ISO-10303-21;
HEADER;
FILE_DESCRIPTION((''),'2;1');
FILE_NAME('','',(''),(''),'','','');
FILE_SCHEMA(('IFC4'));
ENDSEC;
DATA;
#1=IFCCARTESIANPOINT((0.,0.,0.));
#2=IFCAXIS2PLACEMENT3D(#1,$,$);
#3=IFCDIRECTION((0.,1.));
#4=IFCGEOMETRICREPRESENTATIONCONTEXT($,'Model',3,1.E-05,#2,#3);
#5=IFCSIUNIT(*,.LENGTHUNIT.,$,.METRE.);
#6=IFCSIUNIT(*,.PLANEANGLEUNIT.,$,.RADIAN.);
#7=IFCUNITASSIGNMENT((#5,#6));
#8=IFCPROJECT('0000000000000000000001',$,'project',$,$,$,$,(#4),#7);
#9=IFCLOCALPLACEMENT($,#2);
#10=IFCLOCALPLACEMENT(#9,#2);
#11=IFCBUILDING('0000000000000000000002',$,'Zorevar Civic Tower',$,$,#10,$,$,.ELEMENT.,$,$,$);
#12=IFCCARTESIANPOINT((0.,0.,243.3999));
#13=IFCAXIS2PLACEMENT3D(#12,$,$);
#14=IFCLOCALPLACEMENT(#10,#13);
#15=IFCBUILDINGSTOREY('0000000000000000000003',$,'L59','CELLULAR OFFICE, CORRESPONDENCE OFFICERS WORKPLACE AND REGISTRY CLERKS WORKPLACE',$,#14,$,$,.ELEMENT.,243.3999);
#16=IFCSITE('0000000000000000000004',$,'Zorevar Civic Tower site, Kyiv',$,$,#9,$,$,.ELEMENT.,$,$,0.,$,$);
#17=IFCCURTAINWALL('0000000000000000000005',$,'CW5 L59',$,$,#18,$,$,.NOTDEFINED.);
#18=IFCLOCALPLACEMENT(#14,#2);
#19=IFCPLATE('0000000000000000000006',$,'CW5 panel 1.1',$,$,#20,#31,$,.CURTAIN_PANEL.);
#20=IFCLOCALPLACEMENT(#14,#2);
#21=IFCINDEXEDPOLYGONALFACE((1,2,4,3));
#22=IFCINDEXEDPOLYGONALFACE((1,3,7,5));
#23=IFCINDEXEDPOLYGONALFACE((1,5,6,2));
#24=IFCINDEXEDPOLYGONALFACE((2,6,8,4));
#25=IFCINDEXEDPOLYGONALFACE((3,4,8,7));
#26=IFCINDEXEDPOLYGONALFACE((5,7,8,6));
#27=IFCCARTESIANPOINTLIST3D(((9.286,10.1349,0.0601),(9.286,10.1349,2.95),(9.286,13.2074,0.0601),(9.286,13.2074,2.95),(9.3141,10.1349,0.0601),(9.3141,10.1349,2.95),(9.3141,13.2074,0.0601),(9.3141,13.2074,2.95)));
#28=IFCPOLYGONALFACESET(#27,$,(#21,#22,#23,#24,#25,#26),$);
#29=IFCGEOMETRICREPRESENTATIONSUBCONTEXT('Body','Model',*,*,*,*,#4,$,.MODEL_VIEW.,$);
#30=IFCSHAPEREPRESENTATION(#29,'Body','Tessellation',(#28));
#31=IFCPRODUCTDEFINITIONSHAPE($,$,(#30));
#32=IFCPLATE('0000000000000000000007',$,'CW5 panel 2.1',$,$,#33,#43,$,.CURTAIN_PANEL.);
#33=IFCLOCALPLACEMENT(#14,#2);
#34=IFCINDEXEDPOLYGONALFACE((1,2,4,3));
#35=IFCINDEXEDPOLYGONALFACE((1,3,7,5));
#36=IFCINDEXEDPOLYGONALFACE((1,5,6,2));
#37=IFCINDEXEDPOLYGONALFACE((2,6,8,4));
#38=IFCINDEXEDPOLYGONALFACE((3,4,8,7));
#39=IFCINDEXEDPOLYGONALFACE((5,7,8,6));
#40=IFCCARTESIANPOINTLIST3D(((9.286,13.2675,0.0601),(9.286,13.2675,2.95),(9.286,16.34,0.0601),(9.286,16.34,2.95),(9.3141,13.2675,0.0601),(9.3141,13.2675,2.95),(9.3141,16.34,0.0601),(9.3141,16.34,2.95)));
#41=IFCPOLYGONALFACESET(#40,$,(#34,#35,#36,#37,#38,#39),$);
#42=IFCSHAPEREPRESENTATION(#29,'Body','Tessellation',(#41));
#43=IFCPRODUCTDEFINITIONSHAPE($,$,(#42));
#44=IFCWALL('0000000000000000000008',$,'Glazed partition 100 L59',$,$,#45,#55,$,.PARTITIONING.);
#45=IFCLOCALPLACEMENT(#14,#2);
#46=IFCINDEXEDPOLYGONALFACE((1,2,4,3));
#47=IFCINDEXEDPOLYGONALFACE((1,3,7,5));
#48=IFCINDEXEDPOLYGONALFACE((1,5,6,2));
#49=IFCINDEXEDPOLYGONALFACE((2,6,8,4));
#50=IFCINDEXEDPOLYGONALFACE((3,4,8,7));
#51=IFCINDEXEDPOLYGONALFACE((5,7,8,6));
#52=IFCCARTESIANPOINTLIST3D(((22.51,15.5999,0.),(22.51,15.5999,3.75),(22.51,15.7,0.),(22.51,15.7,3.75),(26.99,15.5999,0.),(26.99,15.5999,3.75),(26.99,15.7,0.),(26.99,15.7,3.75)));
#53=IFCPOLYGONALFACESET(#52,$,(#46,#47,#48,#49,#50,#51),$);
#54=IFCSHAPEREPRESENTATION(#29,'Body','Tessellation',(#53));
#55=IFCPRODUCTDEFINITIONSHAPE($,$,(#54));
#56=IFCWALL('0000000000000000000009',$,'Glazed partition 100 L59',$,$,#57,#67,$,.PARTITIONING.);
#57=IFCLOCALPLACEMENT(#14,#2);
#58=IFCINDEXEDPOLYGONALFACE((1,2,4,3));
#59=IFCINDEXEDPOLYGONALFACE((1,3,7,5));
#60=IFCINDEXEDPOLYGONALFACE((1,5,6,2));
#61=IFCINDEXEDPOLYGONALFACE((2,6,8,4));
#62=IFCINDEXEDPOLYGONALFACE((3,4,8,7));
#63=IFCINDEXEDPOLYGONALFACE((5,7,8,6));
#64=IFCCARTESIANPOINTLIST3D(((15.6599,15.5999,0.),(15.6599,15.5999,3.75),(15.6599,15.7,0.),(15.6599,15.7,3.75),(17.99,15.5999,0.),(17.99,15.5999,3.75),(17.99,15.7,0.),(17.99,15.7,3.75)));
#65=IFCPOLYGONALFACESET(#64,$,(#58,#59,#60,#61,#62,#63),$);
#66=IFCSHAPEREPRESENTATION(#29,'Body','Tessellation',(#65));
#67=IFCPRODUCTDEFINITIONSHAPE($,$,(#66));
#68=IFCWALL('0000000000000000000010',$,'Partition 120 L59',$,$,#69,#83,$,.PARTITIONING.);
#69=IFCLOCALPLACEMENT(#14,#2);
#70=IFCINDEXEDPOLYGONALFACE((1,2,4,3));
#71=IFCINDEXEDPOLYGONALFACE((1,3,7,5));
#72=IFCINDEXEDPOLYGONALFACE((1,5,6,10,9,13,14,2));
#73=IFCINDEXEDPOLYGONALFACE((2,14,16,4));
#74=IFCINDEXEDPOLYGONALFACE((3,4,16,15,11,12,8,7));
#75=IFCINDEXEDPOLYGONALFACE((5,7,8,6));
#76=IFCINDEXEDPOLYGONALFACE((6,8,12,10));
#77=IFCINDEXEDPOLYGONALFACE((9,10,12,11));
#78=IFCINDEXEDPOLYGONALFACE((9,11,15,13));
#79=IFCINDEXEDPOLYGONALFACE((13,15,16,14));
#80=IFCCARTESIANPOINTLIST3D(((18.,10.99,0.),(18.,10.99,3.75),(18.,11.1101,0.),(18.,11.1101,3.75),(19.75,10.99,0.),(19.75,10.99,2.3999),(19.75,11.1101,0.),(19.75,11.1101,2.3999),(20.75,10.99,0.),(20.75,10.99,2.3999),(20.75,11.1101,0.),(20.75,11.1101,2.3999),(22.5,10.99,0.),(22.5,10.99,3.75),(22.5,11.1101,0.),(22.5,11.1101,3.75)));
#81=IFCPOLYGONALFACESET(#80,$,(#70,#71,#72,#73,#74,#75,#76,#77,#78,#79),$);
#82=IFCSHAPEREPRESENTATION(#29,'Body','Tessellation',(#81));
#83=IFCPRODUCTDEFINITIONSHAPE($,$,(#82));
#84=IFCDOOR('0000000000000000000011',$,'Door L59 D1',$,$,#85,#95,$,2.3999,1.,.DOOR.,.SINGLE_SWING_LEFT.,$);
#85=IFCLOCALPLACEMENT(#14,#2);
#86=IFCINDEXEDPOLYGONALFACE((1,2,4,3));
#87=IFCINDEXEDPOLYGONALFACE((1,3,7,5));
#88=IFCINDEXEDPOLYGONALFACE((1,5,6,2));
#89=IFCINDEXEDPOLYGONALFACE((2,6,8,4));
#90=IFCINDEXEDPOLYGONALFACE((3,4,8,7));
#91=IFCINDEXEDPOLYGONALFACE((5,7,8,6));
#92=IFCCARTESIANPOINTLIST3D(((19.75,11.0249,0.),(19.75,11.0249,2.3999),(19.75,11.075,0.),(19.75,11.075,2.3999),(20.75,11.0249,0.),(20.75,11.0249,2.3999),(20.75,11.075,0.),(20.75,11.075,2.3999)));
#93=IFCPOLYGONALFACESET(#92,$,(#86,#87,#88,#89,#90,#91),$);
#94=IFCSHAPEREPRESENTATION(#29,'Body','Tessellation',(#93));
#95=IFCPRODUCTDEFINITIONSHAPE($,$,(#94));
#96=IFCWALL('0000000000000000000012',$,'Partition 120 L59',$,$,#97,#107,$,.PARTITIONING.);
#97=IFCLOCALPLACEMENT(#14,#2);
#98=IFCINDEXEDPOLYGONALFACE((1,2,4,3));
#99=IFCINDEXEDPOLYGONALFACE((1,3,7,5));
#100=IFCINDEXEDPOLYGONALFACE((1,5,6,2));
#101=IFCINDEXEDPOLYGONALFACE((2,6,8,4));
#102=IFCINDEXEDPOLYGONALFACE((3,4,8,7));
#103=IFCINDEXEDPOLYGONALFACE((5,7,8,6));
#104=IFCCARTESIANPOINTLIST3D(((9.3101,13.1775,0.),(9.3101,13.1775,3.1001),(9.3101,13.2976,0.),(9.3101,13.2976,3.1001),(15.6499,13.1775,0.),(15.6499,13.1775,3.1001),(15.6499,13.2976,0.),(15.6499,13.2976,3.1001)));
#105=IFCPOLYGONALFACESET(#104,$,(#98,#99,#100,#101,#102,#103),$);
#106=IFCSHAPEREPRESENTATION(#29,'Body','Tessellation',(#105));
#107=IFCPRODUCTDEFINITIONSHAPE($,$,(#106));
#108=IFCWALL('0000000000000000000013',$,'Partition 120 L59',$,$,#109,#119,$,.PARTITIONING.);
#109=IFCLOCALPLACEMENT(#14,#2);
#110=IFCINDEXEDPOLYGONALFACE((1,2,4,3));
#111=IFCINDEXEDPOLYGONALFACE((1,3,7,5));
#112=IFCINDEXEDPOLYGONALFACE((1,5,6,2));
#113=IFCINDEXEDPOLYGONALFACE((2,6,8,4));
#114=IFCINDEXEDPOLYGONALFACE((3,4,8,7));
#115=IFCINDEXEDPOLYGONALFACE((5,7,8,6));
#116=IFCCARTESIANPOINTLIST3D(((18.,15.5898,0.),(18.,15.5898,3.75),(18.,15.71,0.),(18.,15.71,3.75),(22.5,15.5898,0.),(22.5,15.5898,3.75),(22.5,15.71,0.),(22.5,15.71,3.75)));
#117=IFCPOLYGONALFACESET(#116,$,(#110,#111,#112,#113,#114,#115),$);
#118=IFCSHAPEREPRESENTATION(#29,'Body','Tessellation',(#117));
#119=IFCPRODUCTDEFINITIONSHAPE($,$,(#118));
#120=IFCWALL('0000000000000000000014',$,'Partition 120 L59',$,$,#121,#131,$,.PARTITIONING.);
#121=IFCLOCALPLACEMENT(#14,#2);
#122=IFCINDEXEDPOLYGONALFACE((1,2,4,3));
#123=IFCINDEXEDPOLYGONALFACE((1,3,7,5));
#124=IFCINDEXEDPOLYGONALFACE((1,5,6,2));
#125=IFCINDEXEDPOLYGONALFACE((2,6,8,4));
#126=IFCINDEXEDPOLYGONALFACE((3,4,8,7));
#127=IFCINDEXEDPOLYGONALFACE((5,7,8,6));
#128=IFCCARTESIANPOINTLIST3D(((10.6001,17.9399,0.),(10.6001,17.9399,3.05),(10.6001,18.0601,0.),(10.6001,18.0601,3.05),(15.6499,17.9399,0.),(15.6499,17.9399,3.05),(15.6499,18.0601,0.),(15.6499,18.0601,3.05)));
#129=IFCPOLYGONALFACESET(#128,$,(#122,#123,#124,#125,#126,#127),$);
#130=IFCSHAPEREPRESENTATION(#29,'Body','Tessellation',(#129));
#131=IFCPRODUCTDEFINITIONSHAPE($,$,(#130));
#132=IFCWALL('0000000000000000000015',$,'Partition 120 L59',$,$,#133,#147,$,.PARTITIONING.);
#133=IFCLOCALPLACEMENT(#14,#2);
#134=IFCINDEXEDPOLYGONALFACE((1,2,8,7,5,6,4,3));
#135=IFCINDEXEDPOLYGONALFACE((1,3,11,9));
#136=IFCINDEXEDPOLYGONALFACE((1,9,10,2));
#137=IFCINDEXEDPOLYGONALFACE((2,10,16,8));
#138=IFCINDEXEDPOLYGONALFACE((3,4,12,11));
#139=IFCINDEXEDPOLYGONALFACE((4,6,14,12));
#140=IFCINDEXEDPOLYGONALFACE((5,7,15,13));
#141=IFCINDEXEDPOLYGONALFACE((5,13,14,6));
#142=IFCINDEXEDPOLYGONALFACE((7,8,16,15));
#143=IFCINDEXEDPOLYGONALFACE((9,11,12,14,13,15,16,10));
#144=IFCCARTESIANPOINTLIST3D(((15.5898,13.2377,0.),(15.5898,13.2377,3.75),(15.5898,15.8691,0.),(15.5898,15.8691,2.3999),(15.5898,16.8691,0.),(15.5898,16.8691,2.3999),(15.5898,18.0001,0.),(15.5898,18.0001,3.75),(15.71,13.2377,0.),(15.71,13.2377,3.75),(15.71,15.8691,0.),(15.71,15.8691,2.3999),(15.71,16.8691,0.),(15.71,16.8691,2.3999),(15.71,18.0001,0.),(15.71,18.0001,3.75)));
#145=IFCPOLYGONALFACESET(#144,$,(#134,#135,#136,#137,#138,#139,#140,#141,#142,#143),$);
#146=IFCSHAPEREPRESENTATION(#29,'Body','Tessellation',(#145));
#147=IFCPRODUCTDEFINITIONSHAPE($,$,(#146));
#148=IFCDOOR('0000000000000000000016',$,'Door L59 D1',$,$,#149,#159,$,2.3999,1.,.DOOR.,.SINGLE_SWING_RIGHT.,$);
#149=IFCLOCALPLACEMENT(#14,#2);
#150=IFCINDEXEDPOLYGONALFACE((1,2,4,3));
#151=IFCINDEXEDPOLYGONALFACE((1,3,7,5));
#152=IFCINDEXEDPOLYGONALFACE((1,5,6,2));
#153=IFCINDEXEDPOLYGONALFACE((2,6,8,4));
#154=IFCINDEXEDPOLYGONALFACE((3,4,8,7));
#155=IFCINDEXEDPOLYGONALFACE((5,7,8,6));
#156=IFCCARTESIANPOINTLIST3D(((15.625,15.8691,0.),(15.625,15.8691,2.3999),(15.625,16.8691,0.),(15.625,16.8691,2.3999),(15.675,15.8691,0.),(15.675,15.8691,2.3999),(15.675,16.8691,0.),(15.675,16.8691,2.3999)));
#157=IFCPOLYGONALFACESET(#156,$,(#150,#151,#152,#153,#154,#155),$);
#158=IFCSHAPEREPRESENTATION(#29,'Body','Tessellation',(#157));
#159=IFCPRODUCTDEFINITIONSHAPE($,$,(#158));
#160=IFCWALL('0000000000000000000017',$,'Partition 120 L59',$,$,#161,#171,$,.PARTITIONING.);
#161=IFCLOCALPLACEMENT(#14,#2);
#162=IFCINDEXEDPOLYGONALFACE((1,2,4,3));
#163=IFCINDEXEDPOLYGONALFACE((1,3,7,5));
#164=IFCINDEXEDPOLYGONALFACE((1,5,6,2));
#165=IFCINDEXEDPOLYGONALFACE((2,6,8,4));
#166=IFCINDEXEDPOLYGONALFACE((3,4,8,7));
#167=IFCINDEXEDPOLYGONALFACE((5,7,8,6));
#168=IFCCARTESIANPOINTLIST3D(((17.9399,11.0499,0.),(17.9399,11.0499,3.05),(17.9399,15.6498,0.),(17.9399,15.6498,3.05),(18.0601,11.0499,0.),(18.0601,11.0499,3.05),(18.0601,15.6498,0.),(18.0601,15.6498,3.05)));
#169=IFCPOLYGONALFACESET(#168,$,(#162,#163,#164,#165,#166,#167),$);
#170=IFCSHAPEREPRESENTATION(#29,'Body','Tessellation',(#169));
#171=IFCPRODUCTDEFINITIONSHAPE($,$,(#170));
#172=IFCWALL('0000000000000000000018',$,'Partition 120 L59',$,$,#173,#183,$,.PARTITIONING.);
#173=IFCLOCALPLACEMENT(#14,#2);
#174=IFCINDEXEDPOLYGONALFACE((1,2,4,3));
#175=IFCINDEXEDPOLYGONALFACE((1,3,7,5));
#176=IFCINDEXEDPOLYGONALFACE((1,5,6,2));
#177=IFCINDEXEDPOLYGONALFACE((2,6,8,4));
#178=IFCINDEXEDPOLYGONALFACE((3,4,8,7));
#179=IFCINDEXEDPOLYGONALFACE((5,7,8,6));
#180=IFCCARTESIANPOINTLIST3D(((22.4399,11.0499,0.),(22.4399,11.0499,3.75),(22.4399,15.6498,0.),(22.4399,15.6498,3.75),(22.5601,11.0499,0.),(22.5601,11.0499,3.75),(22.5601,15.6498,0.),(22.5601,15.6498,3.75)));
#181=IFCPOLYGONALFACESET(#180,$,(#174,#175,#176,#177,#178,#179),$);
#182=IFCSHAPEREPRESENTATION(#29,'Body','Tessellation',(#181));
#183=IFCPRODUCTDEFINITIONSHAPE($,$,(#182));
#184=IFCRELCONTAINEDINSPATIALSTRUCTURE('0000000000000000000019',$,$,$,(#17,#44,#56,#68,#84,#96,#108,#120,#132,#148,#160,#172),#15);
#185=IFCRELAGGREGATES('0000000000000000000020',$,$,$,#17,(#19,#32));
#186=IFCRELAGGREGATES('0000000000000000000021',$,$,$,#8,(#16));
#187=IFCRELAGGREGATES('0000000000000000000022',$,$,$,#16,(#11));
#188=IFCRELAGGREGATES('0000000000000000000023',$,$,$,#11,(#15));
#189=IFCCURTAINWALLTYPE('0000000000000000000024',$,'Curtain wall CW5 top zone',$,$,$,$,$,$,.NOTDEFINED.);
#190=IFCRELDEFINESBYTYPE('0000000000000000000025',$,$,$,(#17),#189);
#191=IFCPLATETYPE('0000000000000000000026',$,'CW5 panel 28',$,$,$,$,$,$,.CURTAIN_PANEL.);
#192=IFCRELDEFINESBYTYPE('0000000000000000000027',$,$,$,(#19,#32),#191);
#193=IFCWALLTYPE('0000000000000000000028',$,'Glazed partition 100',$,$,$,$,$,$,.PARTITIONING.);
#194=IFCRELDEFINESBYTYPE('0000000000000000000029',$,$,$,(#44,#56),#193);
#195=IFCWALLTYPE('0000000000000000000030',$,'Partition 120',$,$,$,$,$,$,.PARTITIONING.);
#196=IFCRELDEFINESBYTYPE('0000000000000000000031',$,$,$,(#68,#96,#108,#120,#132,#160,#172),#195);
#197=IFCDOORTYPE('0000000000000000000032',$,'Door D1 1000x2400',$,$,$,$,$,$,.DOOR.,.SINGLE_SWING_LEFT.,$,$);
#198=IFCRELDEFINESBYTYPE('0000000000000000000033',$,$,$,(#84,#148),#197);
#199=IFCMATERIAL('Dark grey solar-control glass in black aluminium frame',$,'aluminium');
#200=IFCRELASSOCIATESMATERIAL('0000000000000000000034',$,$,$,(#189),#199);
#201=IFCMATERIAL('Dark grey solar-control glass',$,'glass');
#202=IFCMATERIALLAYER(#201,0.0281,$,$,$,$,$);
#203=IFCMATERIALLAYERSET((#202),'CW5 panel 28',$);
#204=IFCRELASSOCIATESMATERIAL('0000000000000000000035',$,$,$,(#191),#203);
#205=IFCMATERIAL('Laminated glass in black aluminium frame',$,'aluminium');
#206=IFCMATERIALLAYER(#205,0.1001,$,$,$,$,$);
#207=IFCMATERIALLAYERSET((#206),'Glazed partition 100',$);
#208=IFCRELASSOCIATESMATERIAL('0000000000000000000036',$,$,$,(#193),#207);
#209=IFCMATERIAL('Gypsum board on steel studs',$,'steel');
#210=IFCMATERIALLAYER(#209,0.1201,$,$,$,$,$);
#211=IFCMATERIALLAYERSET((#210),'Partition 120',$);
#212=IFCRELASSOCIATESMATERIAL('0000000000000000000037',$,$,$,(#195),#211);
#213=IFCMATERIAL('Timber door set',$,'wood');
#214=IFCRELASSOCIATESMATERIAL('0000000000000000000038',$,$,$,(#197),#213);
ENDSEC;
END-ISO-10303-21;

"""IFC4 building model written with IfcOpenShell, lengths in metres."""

from ifc_helpers import new_model, si_unit, direction, frame, frame_2d, origin, origin_2d, place, context, subcontext, project, spatial, rectangle, extrude, material, layer, layer_set, type_object, element, fill, aggregate, save


model = new_model("IFC4")

# Units and contexts
model_context = context("Model", 3, precision=1e-05, world=origin(), true_north=direction((0.0, 1.0)))
body_context = subcontext(model_context, "Body", "Model", "MODEL_VIEW")
ifc_project = project(units=[si_unit("LENGTHUNIT", "METRE"), si_unit("PLANEANGLEUNIT", "RADIAN")], contexts=[model_context])

# Site, building, storey
site_placement = place(None, origin())
site = spatial("IfcSite", under=ifc_project, at=site_placement, Name="Zorevar Civic Tower site, Kyiv", CompositionType="ELEMENT", RefElevation=0.0)
building_placement = place(site_placement, origin())
building = spatial("IfcBuilding", under=site, at=building_placement, Name="Zorevar Civic Tower", CompositionType="ELEMENT")
storey_placement = place(building_placement, frame((0.0, 0.0, 243.3999)))
storey = spatial("IfcBuildingStorey", under=building, at=storey_placement, Name="L59", Description="CELLULAR OFFICE, CORRESPONDENCE OFFICERS WORKPLACE AND REGISTRY CLERKS WORKPLACE", CompositionType="ELEMENT", Elevation=243.3999)

# Curtain wall
ifc_material_1 = material(Name="Dark grey solar-control glass in black aluminium frame", Category="aluminium")
curtain_wall_type = type_object("IfcCurtainWallType", Name="Curtain wall CW5 top zone", PredefinedType="NOTDEFINED", material=ifc_material_1)
curtain_wall_placement = place(storey_placement, origin())
curtain_wall = element("IfcCurtainWall", 1, at=curtain_wall_placement, inside=storey, type_object=curtain_wall_type, Name="CW5 L59", PredefinedType="NOTDEFINED")

# Plates
ifc_material_2 = material(Name="Dark grey solar-control glass", Category="glass")
ifc_layer_1 = layer(ifc_material_2, 0.0281)
ifc_layer_set_1 = layer_set([ifc_layer_1], Name="CW5 panel 28")
plate_type = type_object("IfcPlateType", Name="CW5 panel 28", PredefinedType="CURTAIN_PANEL", material=ifc_layer_set_1)
plate_1_placement = place(storey_placement, frame((9.3, 11.6711, 0.0601), z_axis=(0.0, 0.0, 1.0), x_axis=(0.0, 1.0, 0.0)))
plate_1 = element("IfcPlate", 2, at=plate_1_placement, type_object=plate_type, Name="CW5 panel 1.1", PredefinedType="CURTAIN_PANEL", context=body_context, shape_type="SweptSolid", body=[
    extrude(rectangle(XDim=3.0725, YDim=0.0281, at=origin_2d()), origin(), (0.0, 0.0, 1.0), 2.8899),
])
plate_2_placement = place(storey_placement, frame((9.3, 14.8037, 0.0601), z_axis=(0.0, 0.0, 1.0), x_axis=(0.0, 1.0, 0.0)))
plate_2 = element("IfcPlate", 3, at=plate_2_placement, type_object=plate_type, Name="CW5 panel 2.1", PredefinedType="CURTAIN_PANEL", context=body_context, shape_type="SweptSolid", body=[
    extrude(rectangle(XDim=3.0725, YDim=0.0281, at=origin_2d()), origin(), (0.0, 0.0, 1.0), 2.8899),
])
aggregate(curtain_wall, [plate_1, plate_2])

# Walls
ifc_material_3 = material(Name="Laminated glass in black aluminium frame", Category="aluminium")
ifc_layer_2 = layer(ifc_material_3, 0.1001)
ifc_layer_set_2 = layer_set([ifc_layer_2], Name="Glazed partition 100")
wall_type_1 = type_object("IfcWallType", Name="Glazed partition 100", PredefinedType="PARTITIONING", material=ifc_layer_set_2)
wall_1_placement = place(storey_placement, frame((22.51, 15.6499, 0.0), z_axis=(0.0, 0.0, 1.0), x_axis=(1.0, 0.0, 0.0)))
element("IfcWall", 4, at=wall_1_placement, inside=storey, type_object=wall_type_1, Name="Glazed partition 100 L59", PredefinedType="PARTITIONING", context=body_context, shape_type="SweptSolid", body=[
    extrude(rectangle(XDim=4.48, YDim=0.1001, at=frame_2d((2.24, 0.0))), origin(), (0.0, 0.0, 1.0), 3.75),
])
wall_2_placement = place(storey_placement, frame((15.6599, 15.6499, 0.0), z_axis=(0.0, 0.0, 1.0), x_axis=(1.0, 0.0, 0.0)))
element("IfcWall", 5, at=wall_2_placement, inside=storey, type_object=wall_type_1, Name="Glazed partition 100 L59", PredefinedType="PARTITIONING", context=body_context, shape_type="SweptSolid", body=[
    extrude(rectangle(XDim=2.3301, YDim=0.1001, at=frame_2d((1.165, 0.0))), origin(), (0.0, 0.0, 1.0), 3.75),
])

# Wall, opening, door
ifc_material_4 = material(Name="Gypsum board on steel studs", Category="steel")
ifc_layer_3 = layer(ifc_material_4, 0.1201)
ifc_layer_set_3 = layer_set([ifc_layer_3], Name="Partition 120")
wall_type_2 = type_object("IfcWallType", Name="Partition 120", PredefinedType="PARTITIONING", material=ifc_layer_set_3)
wall_3_placement = place(storey_placement, frame((18.0, 11.05, 0.0), z_axis=(0.0, 0.0, 1.0), x_axis=(1.0, 0.0, 0.0)))
wall_3 = element("IfcWall", 6, at=wall_3_placement, inside=storey, type_object=wall_type_2, Name="Partition 120 L59", PredefinedType="PARTITIONING", context=body_context, shape_type="SweptSolid", body=[
    extrude(rectangle(XDim=4.5, YDim=0.1201, at=frame_2d((2.25, 0.0))), origin(), (0.0, 0.0, 1.0), 3.75),
])
opening_1_placement = place(wall_3_placement, frame((1.75, 0.0, 0.0)))
opening_1 = element("IfcOpeningElement", 7, at=opening_1_placement, cuts=wall_3, PredefinedType="OPENING", context=body_context, shape_type="SweptSolid", body=[
    extrude(rectangle(XDim=1.0, YDim=2.3999, at=frame_2d((0.5, 1.2))), frame((0.0, 0.0701, 0.0), z_axis=(0.0, -1.0, 0.0), x_axis=(1.0, 0.0, 0.0)), (0.0, 0.0, 1.0), 0.1401),
])
ifc_material_5 = material(Name="Timber door set", Category="wood")
door_type = type_object("IfcDoorType", Name="Door D1 1000x2400", OperationType="SINGLE_SWING_LEFT", PredefinedType="DOOR", material=ifc_material_5)
door_1_placement = place(opening_1_placement, origin())
door_1 = element("IfcDoor", 8, at=door_1_placement, inside=storey, type_object=door_type, Name="Door L59 D1", OperationType="SINGLE_SWING_LEFT", OverallHeight=2.3999, OverallWidth=1.0, PredefinedType="DOOR", context=body_context, shape_type="SweptSolid", body=[
    extrude(rectangle(XDim=1.0, YDim=2.3999, at=frame_2d((0.5, 1.2))), frame((0.0, 0.0249, 0.0), z_axis=(0.0, -1.0, 0.0), x_axis=(1.0, 0.0, 0.0)), (0.0, 0.0, 1.0), 0.05),
])
fill(opening_1, door_1)

# Walls
wall_4_placement = place(storey_placement, frame((9.3101, 13.2375, 0.0), z_axis=(0.0, 0.0, 1.0), x_axis=(1.0, 0.0, 0.0)))
element("IfcWall", 9, at=wall_4_placement, inside=storey, type_object=wall_type_2, Name="Partition 120 L59", PredefinedType="PARTITIONING", context=body_context, shape_type="SweptSolid", body=[
    extrude(rectangle(XDim=6.3398, YDim=0.1201, at=frame_2d((3.1699, 0.0))), origin(), (0.0, 0.0, 1.0), 3.1001),
])
wall_5_placement = place(storey_placement, frame((18.0, 15.6499, 0.0), z_axis=(0.0, 0.0, 1.0), x_axis=(1.0, 0.0, 0.0)))
element("IfcWall", 10, at=wall_5_placement, inside=storey, type_object=wall_type_2, Name="Partition 120 L59", PredefinedType="PARTITIONING", context=body_context, shape_type="SweptSolid", body=[
    extrude(rectangle(XDim=4.5, YDim=0.1201, at=frame_2d((2.25, 0.0))), origin(), (0.0, 0.0, 1.0), 3.75),
])
wall_6_placement = place(storey_placement, frame((10.6001, 18.0, 0.0), z_axis=(0.0, 0.0, 1.0), x_axis=(1.0, 0.0, 0.0)))
element("IfcWall", 11, at=wall_6_placement, inside=storey, type_object=wall_type_2, Name="Partition 120 L59", PredefinedType="PARTITIONING", context=body_context, shape_type="SweptSolid", body=[
    extrude(rectangle(XDim=5.0498, YDim=0.1201, at=frame_2d((2.5249, 0.0))), origin(), (0.0, 0.0, 1.0), 3.05),
])

# Wall, opening, door
wall_7_placement = place(storey_placement, frame((15.6499, 13.2375, 0.0), z_axis=(0.0, 0.0, 1.0), x_axis=(0.0, 1.0, 0.0)))
wall_7 = element("IfcWall", 12, at=wall_7_placement, inside=storey, type_object=wall_type_2, Name="Partition 120 L59", PredefinedType="PARTITIONING", context=body_context, shape_type="SweptSolid", body=[
    extrude(rectangle(XDim=4.7625, YDim=0.1201, at=frame_2d((2.3813, 0.0))), origin(), (0.0, 0.0, 1.0), 3.75),
])
opening_2_placement = place(wall_7_placement, frame((2.6316, 0.0, 0.0)))
opening_2 = element("IfcOpeningElement", 13, at=opening_2_placement, cuts=wall_7, PredefinedType="OPENING", context=body_context, shape_type="SweptSolid", body=[
    extrude(rectangle(XDim=1.0, YDim=2.3999, at=frame_2d((0.5, 1.2))), frame((0.0, 0.0701, 0.0), z_axis=(0.0, -1.0, 0.0), x_axis=(1.0, 0.0, 0.0)), (0.0, 0.0, 1.0), 0.1401),
])
door_2_placement = place(opening_2_placement, origin())
door_2 = element("IfcDoor", 14, at=door_2_placement, inside=storey, type_object=door_type, Name="Door L59 D1", OperationType="SINGLE_SWING_RIGHT", OverallHeight=2.3999, OverallWidth=1.0, PredefinedType="DOOR", context=body_context, shape_type="SweptSolid", body=[
    extrude(rectangle(XDim=1.0, YDim=2.3999, at=frame_2d((0.5, 1.2))), frame((0.0, 0.0249, 0.0), z_axis=(0.0, -1.0, 0.0), x_axis=(1.0, 0.0, 0.0)), (0.0, 0.0, 1.0), 0.05),
])
fill(opening_2, door_2)

# Walls
wall_8_placement = place(storey_placement, frame((18.0, 11.05, 0.0), z_axis=(0.0, 0.0, 1.0), x_axis=(0.0, 1.0, 0.0)))
element("IfcWall", 15, at=wall_8_placement, inside=storey, type_object=wall_type_2, Name="Partition 120 L59", PredefinedType="PARTITIONING", context=body_context, shape_type="SweptSolid", body=[
    extrude(rectangle(XDim=4.5999, YDim=0.1201, at=frame_2d((2.2998, 0.0))), origin(), (0.0, 0.0, 1.0), 3.05),
])
wall_9_placement = place(storey_placement, frame((22.5, 11.05, 0.0), z_axis=(0.0, 0.0, 1.0), x_axis=(0.0, 1.0, 0.0)))
element("IfcWall", 16, at=wall_9_placement, inside=storey, type_object=wall_type_2, Name="Partition 120 L59", PredefinedType="PARTITIONING", context=body_context, shape_type="SweptSolid", body=[
    extrude(rectangle(XDim=4.5999, YDim=0.1201, at=frame_2d((2.2998, 0.0))), origin(), (0.0, 0.0, 1.0), 3.75),
])

save(model, "model.ifc")
